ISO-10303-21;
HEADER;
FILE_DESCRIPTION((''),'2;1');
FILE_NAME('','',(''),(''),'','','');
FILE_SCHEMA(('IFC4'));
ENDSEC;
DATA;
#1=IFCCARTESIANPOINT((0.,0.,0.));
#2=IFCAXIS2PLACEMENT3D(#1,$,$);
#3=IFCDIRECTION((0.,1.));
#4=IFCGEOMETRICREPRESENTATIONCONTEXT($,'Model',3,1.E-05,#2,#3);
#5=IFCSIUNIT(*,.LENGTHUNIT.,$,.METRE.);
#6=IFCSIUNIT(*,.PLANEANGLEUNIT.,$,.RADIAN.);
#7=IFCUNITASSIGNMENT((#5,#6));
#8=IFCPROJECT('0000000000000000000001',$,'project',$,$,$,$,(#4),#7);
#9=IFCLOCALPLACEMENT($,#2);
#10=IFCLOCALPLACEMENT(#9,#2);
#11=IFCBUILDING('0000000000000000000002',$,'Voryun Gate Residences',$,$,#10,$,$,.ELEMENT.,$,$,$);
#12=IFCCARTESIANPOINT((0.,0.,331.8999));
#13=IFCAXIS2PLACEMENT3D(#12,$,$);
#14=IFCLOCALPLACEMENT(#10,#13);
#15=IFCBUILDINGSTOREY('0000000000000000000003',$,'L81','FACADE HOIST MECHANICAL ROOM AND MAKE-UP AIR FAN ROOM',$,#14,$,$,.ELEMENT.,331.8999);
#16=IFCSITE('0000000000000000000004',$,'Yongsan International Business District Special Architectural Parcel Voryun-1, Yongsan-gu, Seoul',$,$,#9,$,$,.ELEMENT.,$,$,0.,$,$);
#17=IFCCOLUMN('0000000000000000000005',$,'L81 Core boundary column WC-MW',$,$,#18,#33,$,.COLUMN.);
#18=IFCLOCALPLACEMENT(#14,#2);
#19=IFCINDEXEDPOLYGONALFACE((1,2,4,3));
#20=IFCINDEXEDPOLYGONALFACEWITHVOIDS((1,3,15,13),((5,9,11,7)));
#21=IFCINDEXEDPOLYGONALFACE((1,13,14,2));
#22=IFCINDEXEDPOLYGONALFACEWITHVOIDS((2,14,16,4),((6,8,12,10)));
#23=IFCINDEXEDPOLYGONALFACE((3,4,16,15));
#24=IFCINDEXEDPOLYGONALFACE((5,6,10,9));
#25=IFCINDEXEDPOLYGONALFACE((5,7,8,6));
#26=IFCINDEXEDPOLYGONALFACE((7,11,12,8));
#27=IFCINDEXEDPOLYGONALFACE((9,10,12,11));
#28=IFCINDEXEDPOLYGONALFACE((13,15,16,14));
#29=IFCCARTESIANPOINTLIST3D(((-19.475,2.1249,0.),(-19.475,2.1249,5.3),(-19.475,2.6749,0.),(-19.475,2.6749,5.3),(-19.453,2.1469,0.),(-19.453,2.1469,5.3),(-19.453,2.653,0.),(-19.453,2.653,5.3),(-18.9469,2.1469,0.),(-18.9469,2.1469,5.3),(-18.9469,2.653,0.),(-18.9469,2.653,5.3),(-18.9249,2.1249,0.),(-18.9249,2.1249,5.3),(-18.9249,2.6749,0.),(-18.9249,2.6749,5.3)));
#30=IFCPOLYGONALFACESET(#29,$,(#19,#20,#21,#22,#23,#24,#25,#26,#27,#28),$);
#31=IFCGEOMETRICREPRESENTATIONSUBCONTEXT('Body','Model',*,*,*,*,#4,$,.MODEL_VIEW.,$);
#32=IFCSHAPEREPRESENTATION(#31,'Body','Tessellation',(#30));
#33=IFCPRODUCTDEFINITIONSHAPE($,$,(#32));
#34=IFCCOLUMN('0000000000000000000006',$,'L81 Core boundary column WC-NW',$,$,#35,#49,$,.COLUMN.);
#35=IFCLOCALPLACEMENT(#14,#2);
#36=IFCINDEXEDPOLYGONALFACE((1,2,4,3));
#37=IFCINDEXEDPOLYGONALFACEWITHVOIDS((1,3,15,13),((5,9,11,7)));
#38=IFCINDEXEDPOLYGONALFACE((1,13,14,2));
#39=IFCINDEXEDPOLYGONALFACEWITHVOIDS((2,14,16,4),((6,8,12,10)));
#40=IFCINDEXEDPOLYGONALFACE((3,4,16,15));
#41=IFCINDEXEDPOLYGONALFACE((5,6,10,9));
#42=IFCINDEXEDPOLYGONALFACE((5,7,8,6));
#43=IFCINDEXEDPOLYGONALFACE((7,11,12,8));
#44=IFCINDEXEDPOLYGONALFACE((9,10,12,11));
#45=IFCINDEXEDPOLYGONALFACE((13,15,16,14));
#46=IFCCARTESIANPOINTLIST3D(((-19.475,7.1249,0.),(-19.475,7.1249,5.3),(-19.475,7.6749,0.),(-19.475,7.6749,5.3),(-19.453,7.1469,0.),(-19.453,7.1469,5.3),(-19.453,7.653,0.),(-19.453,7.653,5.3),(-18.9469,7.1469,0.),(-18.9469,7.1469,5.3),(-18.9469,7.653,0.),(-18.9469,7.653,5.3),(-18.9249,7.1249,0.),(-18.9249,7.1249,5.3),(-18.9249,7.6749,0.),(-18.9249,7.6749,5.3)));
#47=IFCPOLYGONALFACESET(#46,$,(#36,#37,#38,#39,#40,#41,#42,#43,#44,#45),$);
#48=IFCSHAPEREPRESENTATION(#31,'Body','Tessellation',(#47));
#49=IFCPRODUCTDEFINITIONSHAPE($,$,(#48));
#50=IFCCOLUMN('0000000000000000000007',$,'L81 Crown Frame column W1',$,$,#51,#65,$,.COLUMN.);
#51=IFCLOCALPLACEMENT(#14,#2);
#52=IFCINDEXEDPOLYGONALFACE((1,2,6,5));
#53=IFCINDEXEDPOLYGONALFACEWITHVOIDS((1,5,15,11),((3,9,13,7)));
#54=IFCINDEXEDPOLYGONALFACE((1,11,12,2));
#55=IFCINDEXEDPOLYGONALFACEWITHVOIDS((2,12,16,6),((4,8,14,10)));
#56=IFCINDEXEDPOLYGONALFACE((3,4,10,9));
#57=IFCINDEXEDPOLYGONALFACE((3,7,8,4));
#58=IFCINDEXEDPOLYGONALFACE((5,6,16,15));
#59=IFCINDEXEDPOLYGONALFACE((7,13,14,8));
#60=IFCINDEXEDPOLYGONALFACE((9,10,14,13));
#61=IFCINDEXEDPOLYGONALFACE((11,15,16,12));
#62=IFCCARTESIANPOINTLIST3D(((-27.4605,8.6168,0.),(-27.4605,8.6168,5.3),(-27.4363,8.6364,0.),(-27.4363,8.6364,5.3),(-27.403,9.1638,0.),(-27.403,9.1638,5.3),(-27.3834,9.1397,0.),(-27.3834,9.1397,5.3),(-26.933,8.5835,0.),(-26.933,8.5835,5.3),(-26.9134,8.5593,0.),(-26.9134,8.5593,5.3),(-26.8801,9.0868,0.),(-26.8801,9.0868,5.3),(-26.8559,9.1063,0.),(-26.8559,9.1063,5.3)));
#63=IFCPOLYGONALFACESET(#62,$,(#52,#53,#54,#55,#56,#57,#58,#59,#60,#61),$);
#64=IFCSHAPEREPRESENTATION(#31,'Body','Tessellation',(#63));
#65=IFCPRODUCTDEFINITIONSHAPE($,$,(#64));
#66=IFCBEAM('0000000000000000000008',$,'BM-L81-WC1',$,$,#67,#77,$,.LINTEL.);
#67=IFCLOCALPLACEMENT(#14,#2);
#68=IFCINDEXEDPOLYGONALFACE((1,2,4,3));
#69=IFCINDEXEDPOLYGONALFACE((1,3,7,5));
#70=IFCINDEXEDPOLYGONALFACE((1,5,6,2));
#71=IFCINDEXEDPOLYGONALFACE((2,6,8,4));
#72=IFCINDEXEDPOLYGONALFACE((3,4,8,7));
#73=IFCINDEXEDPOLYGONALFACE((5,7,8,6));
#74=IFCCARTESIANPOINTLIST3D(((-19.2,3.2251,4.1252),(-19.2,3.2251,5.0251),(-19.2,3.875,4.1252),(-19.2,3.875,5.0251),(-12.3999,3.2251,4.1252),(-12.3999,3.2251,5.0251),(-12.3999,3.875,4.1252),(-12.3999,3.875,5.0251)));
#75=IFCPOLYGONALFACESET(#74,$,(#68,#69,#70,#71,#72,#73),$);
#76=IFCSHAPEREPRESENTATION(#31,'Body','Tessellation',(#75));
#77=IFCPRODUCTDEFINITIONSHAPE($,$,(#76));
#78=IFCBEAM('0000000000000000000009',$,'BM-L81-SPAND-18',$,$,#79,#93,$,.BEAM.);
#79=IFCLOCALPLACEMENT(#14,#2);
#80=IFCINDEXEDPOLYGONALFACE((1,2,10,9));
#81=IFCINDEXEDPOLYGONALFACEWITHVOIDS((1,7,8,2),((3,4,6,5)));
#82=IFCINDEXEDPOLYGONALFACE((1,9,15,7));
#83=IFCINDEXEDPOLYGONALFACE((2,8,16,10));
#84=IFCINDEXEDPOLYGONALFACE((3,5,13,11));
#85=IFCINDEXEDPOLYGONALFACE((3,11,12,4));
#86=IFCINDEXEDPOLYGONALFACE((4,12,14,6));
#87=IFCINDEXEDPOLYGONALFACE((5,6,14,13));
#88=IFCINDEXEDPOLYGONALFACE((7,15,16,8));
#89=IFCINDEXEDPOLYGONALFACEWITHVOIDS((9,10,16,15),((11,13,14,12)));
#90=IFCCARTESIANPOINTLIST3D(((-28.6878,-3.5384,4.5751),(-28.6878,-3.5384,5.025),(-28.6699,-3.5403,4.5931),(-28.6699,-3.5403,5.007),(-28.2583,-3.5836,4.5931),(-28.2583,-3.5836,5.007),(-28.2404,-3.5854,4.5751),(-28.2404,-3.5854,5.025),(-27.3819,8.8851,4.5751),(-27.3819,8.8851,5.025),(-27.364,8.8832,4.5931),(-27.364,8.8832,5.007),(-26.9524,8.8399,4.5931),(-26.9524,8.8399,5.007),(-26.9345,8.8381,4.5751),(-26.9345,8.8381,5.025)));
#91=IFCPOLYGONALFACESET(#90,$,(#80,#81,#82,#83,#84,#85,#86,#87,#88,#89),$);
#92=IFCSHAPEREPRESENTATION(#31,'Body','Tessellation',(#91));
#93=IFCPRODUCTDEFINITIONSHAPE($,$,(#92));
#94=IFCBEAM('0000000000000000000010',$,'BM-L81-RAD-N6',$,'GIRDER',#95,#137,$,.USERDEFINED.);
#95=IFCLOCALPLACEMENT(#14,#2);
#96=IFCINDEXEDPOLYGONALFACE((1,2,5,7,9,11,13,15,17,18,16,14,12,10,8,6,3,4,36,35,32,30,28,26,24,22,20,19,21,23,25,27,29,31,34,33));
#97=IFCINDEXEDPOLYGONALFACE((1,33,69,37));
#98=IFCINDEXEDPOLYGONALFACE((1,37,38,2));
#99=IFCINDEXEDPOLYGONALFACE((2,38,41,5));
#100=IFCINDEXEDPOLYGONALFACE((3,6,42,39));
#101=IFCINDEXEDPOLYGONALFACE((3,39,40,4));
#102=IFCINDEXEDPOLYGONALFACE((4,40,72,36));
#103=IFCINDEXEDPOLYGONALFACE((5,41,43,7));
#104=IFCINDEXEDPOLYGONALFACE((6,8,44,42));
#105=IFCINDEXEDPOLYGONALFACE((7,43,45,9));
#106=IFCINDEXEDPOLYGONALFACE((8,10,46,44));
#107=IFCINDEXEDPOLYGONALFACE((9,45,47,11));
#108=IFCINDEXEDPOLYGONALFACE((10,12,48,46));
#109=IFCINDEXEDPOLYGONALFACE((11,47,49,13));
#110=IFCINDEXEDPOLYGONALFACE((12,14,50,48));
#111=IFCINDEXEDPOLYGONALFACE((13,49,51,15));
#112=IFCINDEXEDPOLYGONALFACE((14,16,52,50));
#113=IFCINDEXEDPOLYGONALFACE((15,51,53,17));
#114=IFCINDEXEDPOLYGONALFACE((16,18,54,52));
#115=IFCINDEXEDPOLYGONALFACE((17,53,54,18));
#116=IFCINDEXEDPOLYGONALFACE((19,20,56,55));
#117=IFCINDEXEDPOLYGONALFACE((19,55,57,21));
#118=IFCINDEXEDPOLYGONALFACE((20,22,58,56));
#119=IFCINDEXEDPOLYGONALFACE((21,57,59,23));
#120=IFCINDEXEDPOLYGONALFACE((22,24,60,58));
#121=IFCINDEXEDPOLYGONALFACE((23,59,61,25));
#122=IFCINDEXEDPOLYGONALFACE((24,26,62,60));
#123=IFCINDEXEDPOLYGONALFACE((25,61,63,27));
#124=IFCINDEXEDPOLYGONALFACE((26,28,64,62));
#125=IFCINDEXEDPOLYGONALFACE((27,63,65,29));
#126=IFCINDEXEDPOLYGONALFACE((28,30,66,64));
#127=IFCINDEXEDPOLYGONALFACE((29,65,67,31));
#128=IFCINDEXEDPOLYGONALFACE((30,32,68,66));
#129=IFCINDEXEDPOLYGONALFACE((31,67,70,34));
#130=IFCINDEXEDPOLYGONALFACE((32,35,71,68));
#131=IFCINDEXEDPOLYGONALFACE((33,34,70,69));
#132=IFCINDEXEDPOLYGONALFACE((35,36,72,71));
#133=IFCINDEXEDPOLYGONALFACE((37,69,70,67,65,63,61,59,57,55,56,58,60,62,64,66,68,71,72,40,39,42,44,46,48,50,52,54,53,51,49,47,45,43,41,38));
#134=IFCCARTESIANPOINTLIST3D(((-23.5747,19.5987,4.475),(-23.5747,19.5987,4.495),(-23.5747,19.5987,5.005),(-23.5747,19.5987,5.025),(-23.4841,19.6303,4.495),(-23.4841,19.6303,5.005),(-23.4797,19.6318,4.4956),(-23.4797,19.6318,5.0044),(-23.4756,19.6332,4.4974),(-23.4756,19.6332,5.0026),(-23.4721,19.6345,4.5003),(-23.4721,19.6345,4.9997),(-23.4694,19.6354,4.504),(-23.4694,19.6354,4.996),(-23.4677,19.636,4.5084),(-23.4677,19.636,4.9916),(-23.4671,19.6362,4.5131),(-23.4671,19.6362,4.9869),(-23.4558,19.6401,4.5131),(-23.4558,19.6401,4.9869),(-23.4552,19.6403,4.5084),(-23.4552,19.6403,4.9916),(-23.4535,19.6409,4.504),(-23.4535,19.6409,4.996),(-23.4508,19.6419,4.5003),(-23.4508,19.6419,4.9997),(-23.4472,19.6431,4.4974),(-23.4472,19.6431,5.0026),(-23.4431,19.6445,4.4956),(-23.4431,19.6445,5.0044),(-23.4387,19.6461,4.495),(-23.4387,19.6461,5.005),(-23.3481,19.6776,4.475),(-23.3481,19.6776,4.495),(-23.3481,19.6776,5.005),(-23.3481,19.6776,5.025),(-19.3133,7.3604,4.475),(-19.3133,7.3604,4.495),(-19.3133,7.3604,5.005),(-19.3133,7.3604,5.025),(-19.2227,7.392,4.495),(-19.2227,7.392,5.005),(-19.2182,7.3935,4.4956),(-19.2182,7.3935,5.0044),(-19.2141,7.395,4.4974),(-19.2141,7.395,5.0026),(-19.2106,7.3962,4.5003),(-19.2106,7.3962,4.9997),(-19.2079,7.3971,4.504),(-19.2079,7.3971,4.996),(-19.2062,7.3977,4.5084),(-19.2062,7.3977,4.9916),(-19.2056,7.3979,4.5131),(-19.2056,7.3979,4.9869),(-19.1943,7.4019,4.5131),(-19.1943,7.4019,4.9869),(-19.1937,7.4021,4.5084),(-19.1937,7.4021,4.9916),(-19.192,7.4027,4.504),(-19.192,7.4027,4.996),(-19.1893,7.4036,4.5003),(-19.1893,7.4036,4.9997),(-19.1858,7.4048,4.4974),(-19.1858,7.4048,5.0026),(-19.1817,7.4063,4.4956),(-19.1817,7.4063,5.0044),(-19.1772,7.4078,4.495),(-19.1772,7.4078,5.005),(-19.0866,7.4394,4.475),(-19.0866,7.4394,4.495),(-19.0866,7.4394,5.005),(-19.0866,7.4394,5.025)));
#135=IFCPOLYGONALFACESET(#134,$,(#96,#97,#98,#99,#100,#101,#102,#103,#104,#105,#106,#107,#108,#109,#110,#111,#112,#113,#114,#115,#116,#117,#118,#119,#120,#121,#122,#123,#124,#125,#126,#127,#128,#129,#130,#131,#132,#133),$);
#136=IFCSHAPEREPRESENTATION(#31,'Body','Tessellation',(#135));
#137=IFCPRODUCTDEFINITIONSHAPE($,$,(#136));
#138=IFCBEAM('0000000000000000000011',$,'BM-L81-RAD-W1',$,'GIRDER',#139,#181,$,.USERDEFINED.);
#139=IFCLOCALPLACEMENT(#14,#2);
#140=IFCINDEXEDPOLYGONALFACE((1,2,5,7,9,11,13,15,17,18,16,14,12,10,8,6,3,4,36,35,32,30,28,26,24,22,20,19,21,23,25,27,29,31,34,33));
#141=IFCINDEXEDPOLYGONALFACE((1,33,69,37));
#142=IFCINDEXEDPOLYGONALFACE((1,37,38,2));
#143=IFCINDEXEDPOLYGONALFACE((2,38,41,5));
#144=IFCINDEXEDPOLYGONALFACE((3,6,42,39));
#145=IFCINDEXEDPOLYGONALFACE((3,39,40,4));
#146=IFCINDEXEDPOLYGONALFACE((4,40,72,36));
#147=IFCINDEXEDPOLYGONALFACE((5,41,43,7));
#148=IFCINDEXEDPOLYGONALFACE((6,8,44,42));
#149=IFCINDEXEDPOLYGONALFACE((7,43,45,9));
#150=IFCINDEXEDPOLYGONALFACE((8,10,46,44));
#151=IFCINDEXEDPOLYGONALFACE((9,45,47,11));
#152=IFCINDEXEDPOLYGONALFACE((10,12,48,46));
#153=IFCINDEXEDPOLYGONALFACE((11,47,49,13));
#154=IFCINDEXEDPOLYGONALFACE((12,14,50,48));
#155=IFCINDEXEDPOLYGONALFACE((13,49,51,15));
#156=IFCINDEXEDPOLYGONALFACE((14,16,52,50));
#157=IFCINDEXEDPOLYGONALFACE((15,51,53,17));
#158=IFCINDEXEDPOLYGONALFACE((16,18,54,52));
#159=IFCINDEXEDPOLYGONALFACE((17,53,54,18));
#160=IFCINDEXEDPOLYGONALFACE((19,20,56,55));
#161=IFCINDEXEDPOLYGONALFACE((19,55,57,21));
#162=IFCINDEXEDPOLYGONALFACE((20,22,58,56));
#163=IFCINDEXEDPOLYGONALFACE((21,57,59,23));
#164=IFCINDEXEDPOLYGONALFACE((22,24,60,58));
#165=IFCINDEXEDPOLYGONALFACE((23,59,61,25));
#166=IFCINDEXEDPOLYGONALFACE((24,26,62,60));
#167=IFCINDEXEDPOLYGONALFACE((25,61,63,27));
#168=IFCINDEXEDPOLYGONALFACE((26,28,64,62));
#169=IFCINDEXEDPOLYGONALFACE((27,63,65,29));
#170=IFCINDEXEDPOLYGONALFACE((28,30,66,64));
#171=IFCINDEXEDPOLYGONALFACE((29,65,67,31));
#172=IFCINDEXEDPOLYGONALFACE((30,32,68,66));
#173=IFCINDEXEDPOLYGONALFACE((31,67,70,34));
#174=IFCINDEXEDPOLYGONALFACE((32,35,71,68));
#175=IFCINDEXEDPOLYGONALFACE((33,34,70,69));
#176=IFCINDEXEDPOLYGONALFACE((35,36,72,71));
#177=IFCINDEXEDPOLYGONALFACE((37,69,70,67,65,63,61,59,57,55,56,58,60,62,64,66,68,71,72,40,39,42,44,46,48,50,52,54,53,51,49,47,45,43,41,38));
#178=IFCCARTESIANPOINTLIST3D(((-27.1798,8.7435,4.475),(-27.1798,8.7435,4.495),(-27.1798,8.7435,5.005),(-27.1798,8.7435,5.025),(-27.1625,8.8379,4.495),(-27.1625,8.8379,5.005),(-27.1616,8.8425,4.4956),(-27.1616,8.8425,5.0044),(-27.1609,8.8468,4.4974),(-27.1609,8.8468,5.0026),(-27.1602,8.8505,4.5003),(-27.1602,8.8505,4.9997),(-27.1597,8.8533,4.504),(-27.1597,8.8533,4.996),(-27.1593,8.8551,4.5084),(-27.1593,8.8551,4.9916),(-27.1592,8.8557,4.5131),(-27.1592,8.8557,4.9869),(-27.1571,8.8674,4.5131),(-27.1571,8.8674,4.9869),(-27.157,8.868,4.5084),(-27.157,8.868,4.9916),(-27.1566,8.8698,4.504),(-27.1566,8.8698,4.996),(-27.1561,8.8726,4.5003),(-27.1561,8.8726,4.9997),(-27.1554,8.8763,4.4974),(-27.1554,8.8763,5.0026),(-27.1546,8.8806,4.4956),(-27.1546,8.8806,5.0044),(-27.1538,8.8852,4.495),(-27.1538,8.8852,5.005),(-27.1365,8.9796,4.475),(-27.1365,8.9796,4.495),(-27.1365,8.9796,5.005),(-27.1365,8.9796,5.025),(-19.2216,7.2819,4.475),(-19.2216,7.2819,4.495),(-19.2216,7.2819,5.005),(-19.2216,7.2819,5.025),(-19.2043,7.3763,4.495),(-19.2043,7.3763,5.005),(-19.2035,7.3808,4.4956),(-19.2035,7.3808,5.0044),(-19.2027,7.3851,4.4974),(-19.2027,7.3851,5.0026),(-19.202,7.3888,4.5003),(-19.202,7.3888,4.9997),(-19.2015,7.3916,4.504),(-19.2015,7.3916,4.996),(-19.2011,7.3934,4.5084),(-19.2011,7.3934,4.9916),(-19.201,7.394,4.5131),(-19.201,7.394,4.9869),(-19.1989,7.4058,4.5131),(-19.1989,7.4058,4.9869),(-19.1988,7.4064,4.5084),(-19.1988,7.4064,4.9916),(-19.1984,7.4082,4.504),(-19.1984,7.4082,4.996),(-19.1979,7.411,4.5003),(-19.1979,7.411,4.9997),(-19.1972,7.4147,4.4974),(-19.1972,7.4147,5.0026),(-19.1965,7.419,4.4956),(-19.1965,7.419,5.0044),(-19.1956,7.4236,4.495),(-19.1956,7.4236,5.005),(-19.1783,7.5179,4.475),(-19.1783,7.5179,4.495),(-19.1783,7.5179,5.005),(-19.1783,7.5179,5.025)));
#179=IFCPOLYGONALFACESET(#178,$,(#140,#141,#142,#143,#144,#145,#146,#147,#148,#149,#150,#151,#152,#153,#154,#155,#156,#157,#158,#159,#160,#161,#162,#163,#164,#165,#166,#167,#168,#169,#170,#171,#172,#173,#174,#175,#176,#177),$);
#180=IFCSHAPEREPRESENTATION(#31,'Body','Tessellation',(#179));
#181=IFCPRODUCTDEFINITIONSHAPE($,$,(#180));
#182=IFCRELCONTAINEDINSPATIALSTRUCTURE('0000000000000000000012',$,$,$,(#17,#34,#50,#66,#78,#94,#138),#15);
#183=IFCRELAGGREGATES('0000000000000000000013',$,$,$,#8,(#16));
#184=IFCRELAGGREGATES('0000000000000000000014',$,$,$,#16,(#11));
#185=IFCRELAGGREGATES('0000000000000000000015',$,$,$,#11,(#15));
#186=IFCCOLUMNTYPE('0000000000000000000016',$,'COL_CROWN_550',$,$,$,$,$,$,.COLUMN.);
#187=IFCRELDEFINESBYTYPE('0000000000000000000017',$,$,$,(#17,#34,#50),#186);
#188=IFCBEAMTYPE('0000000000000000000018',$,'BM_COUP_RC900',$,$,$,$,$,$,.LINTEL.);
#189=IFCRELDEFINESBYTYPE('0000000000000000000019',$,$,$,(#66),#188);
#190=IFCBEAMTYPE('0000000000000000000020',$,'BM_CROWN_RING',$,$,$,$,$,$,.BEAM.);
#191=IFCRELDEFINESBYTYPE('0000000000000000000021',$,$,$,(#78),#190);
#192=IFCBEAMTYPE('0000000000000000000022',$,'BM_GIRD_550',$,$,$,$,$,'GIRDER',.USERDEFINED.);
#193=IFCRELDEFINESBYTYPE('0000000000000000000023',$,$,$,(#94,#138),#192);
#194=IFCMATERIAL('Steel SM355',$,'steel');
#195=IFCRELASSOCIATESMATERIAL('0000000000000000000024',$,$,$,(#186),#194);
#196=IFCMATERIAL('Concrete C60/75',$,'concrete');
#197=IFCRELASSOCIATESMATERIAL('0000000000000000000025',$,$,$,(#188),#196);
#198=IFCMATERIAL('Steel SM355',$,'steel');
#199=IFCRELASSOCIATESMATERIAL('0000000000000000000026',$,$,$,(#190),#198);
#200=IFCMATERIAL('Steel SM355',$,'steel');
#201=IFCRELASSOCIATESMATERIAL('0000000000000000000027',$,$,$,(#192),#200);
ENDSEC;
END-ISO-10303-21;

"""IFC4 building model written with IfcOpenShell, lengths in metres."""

from ifc_helpers import new_model, si_unit, direction, frame, origin, origin_2d, place, context, subcontext, project, spatial, rectangle, hollow_rectangle, i_section, extrude, material, material_profile, profile_set, type_object, element, save


model = new_model("IFC4")

# Units and contexts
model_context = context("Model", 3, precision=1e-05, world=origin(), true_north=direction((0.0, 1.0)))
body_context = subcontext(model_context, "Body", "Model", "MODEL_VIEW")
ifc_project = project(units=[si_unit("LENGTHUNIT", "METRE"), si_unit("PLANEANGLEUNIT", "RADIAN")], contexts=[model_context])

# Site, building, storey
site_placement = place(None, origin())
site = spatial("IfcSite", under=ifc_project, at=site_placement, Name="Yongsan International Business District Special Architectural Parcel Voryun-1, Yongsan-gu, Seoul", CompositionType="ELEMENT", RefElevation=0.0)
building_placement = place(site_placement, origin())
building = spatial("IfcBuilding", under=site, at=building_placement, Name="Voryun Gate Residences", CompositionType="ELEMENT")
storey_placement = place(building_placement, frame((0.0, 0.0, 331.8999)))
storey = spatial("IfcBuildingStorey", under=building, at=storey_placement, Name="L81", Description="FACADE HOIST MECHANICAL ROOM AND MAKE-UP AIR FAN ROOM", CompositionType="ELEMENT", Elevation=331.8999)

# Columns
ifc_material_1 = material(Name="Steel SM355", Category="steel")
ifc_material_profile_1 = material_profile(ifc_material_1, hollow_rectangle(XDim=0.55, YDim=0.55, WallThickness=0.022, at=origin_2d()), Name="BOX-550x550x22")
ifc_profile_set_1 = profile_set([ifc_material_profile_1], Name="Steel SM355")
column_type = type_object("IfcColumnType", Name="COL_CROWN_550", PredefinedType="COLUMN", material=ifc_profile_set_1)
for number, where, z_axis, x_axis, name in (
    (1, (-19.2, 2.3999, 0.0), (0.0, 0.0, 1.0), (1.0, 0.0, 0.0), "L81 Core boundary column WC-MW"),
    (2, (-19.2, 7.3999, 0.0), (0.0, 0.0, 1.0), (1.0, 0.0, 0.0), "L81 Core boundary column WC-NW"),
    (3, (-27.1582, 8.8616, 0.0), (0.0, 0.0, 1.0), (0.994522, -0.104528, 0.0), "L81 Crown Frame column W1"),
):
    element("IfcColumn", number, at=place(storey_placement, frame(where, z_axis=z_axis, x_axis=x_axis)), inside=storey, type_object=column_type, Name=name, PredefinedType="COLUMN", context=body_context, shape_type="SweptSolid", body=[
        extrude(hollow_rectangle(XDim=0.55, YDim=0.55, WallThickness=0.022, at=origin_2d()), origin(), (0.0, 0.0, 1.0), 5.3),
    ])

# Beams
ifc_material_2 = material(Name="Concrete C60/75", Category="concrete")
ifc_material_profile_2 = material_profile(ifc_material_2, rectangle(XDim=0.6499, YDim=0.8999, at=origin_2d()), Name="RC-650x900")
ifc_profile_set_2 = profile_set([ifc_material_profile_2], Name="Concrete C60/75")
beam_type_1 = type_object("IfcBeamType", Name="BM_COUP_RC900", PredefinedType="LINTEL", material=ifc_profile_set_2)
beam_1_placement = place(storey_placement, frame((-19.2, 3.55, 4.5752), z_axis=(1.0, 0.0, 0.0), x_axis=(0.0, 1.0, 0.0)))
element("IfcBeam", 4, at=beam_1_placement, inside=storey, type_object=beam_type_1, Name="BM-L81-WC1", PredefinedType="LINTEL", context=body_context, shape_type="SweptSolid", body=[
    extrude(rectangle(XDim=0.6499, YDim=0.8999, at=origin_2d()), origin(), (0.0, 0.0, 1.0), 6.8),
])
ifc_material_3 = material(Name="Steel SM355", Category="steel")
ifc_material_profile_3 = material_profile(ifc_material_3, hollow_rectangle(XDim=0.45, YDim=0.45, WallThickness=0.0181, at=origin_2d()), Name="BOX-450x450x18")
ifc_profile_set_3 = profile_set([ifc_material_profile_3], Name="Steel SM355")
beam_type_2 = type_object("IfcBeamType", Name="BM_CROWN_RING", PredefinedType="BEAM", material=ifc_profile_set_3)
beam_2_placement = place(storey_placement, frame((-27.1582, 8.8616, 4.8), z_axis=(-0.104539, -0.994521, 0.0), x_axis=(0.994521, -0.104539, 0.0)))
element("IfcBeam", 5, at=beam_2_placement, inside=storey, type_object=beam_type_2, Name="BM-L81-SPAND-18", PredefinedType="BEAM", context=body_context, shape_type="SweptSolid", body=[
    extrude(hollow_rectangle(XDim=0.45, YDim=0.45, WallThickness=0.0181, at=origin_2d()), origin(), (0.0, 0.0, 1.0), 12.4919),
])
ifc_material_4 = material(Name="Steel SM355", Category="steel")
ifc_material_profile_4 = material_profile(ifc_material_4, i_section(OverallWidth=0.24, OverallDepth=0.55, WebThickness=0.012, FlangeThickness=0.02, FilletRadius=0.0181, at=origin_2d()), Name="H-550x240x12x20")
ifc_profile_set_4 = profile_set([ifc_material_profile_4], Name="Steel SM355")
beam_type_3 = type_object("IfcBeamType", Name="BM_GIRD_550", ElementType="GIRDER", PredefinedType="USERDEFINED", material=ifc_profile_set_4)
beam_3_placement = place(storey_placement, frame((-19.2, 7.3999, 4.75), z_axis=(-0.328843, 0.944385, 0.0), x_axis=(-0.944385, -0.328843, 0.0)))
element("IfcBeam", 6, at=beam_3_placement, inside=storey, type_object=beam_type_3, Name="BM-L81-RAD-N6", ObjectType="GIRDER", PredefinedType="USERDEFINED", context=body_context, shape_type="SweptSolid", body=[
    extrude(i_section(OverallWidth=0.24, OverallDepth=0.55, WebThickness=0.012, FlangeThickness=0.02, FilletRadius=0.0181, at=origin_2d()), origin(), (0.0, 0.0, 1.0), 12.959),
])
beam_4_placement = place(storey_placement, frame((-19.2, 7.3999, 4.75), z_axis=(-0.983548, 0.180646, 0.0), x_axis=(-0.180646, -0.983548, 0.0)))
element("IfcBeam", 7, at=beam_4_placement, inside=storey, type_object=beam_type_3, Name="BM-L81-RAD-W1", ObjectType="GIRDER", PredefinedType="USERDEFINED", context=body_context, shape_type="SweptSolid", body=[
    extrude(i_section(OverallWidth=0.24, OverallDepth=0.55, WebThickness=0.012, FlangeThickness=0.02, FilletRadius=0.0181, at=origin_2d()), origin(), (0.0, 0.0, 1.0), 8.0913),
])

save(model, "model.ifc")
